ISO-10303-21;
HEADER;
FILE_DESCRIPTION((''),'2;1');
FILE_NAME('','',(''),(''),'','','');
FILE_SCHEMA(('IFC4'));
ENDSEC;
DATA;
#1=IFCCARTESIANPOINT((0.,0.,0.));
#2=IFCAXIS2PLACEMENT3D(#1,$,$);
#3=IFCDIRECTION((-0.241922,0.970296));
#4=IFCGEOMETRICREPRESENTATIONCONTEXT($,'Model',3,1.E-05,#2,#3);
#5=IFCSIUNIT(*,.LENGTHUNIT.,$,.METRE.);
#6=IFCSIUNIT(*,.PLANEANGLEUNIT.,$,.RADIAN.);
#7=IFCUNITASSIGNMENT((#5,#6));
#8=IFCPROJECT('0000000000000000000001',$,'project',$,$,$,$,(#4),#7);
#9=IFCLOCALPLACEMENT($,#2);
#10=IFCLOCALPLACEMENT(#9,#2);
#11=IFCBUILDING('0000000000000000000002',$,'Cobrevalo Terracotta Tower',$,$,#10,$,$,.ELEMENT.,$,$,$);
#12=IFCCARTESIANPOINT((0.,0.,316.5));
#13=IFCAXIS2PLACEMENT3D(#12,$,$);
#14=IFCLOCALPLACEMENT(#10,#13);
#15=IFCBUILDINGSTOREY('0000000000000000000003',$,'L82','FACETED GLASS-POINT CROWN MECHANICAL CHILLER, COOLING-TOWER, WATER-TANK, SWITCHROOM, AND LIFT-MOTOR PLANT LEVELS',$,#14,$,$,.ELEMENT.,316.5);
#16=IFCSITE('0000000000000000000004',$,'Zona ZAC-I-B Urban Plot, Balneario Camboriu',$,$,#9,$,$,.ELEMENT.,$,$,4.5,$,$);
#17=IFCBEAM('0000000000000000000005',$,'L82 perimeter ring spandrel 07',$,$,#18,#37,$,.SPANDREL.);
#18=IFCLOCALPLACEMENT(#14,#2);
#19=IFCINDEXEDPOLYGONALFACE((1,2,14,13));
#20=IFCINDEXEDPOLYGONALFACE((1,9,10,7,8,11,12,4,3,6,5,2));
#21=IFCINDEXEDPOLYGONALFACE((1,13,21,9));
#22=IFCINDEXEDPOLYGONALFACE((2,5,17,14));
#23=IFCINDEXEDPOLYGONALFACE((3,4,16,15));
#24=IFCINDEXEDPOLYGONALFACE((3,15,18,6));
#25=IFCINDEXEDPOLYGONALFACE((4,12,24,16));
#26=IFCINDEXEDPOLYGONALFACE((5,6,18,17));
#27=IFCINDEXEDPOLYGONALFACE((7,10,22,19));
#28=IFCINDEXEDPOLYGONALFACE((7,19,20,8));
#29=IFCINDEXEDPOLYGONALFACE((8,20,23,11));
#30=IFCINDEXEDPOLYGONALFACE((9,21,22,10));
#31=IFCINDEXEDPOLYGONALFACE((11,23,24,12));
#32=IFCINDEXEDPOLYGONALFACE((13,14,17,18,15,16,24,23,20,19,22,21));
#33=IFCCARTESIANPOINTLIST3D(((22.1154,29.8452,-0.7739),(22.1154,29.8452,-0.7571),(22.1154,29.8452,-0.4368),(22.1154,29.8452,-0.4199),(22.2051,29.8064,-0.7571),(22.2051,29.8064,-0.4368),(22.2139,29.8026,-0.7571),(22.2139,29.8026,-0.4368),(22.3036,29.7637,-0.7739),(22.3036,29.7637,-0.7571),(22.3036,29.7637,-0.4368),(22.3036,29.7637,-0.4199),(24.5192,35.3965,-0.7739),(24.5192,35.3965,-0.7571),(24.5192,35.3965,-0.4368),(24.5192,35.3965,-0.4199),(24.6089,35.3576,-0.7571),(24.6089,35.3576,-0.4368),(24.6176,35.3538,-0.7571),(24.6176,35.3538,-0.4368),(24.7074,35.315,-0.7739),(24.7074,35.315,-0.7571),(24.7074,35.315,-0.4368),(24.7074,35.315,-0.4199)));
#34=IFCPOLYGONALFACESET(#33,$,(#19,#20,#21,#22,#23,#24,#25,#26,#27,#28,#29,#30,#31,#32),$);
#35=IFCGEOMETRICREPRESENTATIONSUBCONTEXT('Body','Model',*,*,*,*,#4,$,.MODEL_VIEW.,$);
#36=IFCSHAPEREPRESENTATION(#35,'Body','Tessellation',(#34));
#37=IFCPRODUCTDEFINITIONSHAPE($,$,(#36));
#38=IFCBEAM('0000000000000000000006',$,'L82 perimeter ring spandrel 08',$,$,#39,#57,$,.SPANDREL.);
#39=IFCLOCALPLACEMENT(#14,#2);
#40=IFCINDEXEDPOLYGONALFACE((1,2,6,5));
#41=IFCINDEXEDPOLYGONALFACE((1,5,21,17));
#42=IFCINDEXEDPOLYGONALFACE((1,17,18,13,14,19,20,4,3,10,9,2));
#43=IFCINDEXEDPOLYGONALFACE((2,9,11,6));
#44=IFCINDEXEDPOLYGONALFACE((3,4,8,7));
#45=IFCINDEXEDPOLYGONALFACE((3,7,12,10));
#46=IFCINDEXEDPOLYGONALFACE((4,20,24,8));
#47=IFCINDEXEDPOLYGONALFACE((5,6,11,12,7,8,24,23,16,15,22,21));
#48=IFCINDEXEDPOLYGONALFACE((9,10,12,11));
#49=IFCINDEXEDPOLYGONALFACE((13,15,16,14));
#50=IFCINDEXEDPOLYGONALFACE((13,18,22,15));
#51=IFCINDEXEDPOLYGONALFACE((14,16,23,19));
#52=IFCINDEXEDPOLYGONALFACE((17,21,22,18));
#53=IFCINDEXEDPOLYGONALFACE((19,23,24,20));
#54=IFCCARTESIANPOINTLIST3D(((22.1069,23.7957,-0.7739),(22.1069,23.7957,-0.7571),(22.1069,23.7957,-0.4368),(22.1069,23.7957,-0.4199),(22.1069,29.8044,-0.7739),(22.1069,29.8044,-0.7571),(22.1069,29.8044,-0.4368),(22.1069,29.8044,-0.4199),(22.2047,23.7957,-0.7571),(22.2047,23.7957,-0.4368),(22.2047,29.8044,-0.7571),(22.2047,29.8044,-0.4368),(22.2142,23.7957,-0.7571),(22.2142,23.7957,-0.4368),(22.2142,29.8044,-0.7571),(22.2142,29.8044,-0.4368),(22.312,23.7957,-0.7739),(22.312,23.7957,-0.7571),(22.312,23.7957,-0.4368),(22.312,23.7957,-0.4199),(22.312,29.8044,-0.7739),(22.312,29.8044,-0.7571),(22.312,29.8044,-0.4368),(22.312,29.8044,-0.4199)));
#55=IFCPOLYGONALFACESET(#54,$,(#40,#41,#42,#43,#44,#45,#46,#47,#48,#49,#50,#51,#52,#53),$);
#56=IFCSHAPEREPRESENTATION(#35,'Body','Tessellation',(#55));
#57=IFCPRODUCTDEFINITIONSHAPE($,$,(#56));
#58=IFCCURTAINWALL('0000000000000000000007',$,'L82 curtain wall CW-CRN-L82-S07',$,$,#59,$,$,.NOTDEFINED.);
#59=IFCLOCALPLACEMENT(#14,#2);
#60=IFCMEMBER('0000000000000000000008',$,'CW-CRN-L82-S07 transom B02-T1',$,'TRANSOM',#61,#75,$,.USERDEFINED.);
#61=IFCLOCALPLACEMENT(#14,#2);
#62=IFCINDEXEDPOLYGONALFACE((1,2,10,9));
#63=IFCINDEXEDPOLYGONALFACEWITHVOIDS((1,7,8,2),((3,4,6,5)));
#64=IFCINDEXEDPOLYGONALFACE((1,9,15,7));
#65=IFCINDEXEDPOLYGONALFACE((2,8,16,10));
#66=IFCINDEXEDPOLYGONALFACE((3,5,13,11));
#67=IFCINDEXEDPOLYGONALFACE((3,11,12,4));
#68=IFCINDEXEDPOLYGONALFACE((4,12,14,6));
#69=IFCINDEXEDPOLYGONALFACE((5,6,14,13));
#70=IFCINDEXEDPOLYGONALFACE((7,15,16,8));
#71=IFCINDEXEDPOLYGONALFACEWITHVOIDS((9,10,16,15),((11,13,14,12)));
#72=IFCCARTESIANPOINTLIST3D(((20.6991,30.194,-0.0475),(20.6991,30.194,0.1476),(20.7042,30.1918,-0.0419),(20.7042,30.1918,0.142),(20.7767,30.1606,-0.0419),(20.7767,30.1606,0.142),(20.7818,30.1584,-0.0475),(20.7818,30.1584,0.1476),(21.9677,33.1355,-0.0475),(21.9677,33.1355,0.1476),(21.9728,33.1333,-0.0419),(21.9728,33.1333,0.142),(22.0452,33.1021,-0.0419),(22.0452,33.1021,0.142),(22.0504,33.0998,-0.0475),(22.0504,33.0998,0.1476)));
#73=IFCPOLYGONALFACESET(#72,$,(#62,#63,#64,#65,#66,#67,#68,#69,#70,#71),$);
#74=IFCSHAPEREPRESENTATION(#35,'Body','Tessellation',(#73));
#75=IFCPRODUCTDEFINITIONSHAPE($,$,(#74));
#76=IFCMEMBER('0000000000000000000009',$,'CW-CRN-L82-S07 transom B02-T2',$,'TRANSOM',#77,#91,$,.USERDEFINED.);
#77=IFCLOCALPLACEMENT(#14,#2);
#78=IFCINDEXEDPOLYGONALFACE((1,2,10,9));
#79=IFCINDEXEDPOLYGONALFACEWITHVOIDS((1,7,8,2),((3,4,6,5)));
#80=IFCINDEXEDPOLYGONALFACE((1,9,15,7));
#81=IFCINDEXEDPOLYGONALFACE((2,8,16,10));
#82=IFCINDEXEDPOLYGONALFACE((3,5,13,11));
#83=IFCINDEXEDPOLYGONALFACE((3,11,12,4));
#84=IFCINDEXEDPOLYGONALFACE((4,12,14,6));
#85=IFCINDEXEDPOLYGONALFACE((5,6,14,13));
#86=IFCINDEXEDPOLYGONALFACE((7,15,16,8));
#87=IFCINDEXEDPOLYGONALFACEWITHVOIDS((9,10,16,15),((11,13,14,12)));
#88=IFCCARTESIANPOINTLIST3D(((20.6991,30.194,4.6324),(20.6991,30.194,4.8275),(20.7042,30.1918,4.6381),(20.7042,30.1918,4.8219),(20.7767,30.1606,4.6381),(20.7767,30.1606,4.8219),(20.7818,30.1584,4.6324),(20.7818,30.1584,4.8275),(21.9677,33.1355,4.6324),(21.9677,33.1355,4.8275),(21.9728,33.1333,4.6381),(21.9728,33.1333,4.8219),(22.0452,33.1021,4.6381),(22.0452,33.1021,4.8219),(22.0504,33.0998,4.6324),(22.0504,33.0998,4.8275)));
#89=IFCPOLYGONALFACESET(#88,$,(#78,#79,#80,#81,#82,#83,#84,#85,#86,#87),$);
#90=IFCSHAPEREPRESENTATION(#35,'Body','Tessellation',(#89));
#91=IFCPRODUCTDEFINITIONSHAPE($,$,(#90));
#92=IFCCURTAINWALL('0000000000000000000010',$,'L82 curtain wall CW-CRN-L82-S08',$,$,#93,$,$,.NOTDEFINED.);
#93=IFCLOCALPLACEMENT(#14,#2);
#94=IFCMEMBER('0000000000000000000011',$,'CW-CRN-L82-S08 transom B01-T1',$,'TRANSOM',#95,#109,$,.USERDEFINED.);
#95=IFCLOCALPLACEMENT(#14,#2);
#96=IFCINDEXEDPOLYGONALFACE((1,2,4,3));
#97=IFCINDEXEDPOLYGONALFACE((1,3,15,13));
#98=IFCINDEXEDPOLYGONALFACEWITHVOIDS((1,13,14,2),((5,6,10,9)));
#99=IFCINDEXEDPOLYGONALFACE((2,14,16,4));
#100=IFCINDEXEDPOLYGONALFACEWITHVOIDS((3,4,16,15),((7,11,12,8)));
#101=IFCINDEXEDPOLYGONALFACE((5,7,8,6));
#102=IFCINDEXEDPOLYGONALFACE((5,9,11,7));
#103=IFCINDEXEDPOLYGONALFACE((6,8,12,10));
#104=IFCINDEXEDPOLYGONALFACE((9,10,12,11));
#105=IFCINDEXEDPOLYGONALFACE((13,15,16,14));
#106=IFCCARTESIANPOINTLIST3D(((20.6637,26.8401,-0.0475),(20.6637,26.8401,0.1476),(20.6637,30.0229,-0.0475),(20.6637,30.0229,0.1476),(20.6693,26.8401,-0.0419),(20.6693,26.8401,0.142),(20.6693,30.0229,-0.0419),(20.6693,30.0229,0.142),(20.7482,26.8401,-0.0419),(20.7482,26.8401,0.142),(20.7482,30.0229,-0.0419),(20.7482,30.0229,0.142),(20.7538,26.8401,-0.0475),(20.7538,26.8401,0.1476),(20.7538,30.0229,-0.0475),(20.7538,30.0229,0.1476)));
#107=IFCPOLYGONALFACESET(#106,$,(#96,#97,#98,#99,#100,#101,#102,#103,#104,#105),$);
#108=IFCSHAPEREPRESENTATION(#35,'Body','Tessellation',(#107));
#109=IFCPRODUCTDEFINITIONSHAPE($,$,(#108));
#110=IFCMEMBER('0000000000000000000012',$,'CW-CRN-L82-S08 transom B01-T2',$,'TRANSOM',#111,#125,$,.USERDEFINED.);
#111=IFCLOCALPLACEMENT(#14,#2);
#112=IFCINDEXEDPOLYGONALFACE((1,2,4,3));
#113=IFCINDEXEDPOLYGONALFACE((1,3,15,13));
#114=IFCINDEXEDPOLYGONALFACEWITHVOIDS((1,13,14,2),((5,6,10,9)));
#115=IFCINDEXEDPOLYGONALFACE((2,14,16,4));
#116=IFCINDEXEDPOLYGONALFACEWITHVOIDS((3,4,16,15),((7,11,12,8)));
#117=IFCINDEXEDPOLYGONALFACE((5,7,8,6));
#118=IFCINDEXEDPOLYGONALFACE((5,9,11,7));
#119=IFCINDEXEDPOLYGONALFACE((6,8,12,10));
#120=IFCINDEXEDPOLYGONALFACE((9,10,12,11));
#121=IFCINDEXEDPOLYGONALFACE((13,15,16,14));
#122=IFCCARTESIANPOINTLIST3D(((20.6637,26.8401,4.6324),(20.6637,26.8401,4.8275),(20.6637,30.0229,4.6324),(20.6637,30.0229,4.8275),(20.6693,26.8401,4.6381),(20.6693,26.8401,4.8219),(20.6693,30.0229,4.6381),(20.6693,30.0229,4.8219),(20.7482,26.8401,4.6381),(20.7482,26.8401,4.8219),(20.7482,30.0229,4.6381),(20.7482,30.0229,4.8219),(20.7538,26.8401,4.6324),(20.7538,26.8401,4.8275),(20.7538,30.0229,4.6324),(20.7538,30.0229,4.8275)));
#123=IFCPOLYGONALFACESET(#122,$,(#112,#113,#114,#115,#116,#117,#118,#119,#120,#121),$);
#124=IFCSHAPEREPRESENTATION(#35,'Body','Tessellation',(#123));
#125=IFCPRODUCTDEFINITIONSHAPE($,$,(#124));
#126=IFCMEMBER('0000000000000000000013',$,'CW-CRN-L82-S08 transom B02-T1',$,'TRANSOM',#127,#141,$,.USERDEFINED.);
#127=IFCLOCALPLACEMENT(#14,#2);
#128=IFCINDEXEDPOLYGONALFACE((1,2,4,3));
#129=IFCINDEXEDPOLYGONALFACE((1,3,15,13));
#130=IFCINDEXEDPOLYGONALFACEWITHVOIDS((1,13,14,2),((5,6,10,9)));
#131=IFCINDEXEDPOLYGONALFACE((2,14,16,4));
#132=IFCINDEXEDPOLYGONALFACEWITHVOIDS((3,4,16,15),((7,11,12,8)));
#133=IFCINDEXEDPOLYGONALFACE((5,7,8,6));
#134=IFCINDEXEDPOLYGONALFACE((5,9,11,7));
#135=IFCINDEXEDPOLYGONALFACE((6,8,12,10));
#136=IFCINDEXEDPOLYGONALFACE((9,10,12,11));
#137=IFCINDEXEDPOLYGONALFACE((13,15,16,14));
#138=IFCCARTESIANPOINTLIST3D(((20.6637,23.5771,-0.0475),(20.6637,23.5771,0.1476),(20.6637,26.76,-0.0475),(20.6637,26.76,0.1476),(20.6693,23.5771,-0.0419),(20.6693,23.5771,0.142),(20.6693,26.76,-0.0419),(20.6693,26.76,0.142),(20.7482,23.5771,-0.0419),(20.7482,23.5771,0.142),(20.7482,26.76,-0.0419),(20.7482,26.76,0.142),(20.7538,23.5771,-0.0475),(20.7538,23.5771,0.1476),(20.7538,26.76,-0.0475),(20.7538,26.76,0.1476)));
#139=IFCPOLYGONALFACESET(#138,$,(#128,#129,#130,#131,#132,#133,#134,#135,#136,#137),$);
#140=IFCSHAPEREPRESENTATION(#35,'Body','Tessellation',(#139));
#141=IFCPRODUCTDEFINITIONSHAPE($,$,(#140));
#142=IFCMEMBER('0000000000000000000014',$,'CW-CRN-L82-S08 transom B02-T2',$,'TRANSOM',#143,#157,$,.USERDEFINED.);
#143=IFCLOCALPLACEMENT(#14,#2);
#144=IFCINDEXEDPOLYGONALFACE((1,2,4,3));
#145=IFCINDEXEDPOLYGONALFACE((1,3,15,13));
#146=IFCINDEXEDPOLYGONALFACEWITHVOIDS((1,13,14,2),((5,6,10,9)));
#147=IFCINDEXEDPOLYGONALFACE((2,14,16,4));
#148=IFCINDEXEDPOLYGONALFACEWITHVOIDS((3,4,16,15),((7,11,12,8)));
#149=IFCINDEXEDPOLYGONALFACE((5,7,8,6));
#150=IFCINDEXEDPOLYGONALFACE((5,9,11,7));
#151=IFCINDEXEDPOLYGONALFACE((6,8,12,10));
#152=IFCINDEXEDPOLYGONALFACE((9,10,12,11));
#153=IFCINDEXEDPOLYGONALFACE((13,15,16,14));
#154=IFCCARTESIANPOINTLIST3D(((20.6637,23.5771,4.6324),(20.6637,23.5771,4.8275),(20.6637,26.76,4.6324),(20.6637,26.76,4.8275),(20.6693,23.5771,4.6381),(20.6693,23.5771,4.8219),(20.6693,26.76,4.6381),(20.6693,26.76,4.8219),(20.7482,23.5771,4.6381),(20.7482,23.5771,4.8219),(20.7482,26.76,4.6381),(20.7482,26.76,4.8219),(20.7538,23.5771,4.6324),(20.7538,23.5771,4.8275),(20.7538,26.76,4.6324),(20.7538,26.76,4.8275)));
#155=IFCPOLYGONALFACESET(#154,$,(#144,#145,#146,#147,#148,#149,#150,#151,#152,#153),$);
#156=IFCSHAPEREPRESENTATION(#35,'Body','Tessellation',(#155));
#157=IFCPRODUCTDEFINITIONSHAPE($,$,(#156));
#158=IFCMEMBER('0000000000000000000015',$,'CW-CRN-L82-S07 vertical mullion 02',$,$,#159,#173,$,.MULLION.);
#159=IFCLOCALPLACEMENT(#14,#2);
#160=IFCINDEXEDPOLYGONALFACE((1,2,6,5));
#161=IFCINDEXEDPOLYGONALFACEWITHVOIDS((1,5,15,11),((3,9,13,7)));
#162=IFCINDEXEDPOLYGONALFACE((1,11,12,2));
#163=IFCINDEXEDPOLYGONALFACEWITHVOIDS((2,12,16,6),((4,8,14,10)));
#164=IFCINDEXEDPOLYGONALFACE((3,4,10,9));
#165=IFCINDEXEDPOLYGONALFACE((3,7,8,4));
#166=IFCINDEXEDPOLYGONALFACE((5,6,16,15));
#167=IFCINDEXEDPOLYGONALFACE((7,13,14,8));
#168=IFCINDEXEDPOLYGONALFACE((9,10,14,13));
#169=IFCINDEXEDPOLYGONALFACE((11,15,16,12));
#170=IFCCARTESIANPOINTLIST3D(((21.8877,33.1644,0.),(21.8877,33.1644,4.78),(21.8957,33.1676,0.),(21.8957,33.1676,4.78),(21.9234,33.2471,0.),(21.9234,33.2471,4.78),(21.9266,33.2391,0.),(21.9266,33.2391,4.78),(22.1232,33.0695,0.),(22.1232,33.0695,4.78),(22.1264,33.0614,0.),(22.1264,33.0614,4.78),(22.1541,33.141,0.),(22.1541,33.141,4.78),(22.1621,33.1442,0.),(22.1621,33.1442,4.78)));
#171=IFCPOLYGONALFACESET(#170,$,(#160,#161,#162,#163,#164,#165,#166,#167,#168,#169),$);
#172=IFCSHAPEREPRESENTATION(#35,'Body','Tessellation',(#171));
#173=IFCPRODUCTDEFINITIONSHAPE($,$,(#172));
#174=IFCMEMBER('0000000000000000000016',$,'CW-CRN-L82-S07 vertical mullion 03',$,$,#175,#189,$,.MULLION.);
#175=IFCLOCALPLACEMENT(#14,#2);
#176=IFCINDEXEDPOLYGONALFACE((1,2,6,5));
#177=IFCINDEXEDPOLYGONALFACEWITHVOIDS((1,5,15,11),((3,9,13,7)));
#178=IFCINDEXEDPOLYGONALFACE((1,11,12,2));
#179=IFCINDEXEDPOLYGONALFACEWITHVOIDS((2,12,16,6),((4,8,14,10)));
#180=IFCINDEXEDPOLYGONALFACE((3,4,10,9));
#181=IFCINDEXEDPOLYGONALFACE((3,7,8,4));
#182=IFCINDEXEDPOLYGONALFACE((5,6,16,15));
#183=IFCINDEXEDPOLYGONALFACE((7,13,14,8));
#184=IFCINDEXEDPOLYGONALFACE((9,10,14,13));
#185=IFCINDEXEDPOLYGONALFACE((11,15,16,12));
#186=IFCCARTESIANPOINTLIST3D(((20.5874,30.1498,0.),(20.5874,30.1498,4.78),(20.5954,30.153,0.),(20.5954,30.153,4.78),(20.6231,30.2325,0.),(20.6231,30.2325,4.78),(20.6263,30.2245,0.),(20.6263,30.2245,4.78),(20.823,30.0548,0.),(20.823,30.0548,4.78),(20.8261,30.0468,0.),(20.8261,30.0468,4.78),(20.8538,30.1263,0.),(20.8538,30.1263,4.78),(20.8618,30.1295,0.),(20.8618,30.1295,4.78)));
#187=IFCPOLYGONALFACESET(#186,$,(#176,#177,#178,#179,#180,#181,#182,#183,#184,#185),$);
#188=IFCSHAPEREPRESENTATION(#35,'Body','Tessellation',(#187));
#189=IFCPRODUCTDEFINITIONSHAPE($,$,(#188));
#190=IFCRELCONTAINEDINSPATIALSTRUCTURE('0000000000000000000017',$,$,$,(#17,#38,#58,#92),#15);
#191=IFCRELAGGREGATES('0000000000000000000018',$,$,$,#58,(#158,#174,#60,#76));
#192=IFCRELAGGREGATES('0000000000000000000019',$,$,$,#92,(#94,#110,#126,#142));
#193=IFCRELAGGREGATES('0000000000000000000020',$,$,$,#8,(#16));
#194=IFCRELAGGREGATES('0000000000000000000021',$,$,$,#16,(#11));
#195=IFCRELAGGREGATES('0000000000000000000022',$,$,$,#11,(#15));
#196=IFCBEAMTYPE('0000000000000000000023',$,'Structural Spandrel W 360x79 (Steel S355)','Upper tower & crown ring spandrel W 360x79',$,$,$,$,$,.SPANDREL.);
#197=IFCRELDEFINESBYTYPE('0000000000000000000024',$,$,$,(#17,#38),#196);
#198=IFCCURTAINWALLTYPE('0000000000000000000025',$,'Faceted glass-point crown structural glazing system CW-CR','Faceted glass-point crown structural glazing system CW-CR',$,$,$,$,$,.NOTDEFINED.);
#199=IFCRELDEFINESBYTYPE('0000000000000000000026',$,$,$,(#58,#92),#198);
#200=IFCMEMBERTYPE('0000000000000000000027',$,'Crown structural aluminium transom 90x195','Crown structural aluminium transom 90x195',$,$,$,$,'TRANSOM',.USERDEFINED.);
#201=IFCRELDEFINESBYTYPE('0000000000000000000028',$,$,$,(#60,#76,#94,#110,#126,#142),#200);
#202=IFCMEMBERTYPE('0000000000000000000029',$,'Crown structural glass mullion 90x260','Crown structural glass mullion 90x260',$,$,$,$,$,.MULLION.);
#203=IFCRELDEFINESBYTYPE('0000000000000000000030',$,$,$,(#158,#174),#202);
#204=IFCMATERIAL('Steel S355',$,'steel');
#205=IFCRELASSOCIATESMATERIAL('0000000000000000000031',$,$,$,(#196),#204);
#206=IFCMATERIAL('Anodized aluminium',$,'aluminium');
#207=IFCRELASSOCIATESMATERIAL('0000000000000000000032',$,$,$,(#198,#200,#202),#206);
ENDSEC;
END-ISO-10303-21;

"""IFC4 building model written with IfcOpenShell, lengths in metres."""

from ifc_helpers import new_model, si_unit, direction, frame, origin, origin_2d, place, context, subcontext, project, spatial, hollow_rectangle, i_section, extrude, source, transform, mapped, material, material_profile, profile_set, type_object, element, aggregate, save


model = new_model("IFC4")

# Units and contexts
model_context = context("Model", 3, precision=1e-05, world=origin(), true_north=direction((-0.241922, 0.970296)))
body_context = subcontext(model_context, "Body", "Model", "MODEL_VIEW")
ifc_project = project(units=[si_unit("LENGTHUNIT", "METRE"), si_unit("PLANEANGLEUNIT", "RADIAN")], contexts=[model_context])

# Site, building, storey
site_placement = place(None, origin())
site = spatial("IfcSite", under=ifc_project, at=site_placement, Name="Zona ZAC-I-B Urban Plot, Balneario Camboriu", CompositionType="ELEMENT", RefElevation=4.5)
building_placement = place(site_placement, origin())
building = spatial("IfcBuilding", under=site, at=building_placement, Name="Cobrevalo Terracotta Tower", CompositionType="ELEMENT")
storey_placement = place(building_placement, frame((0.0, 0.0, 316.5)))
storey = spatial("IfcBuildingStorey", under=building, at=storey_placement, Name="L82", Description="FACETED GLASS-POINT CROWN MECHANICAL CHILLER, COOLING-TOWER, WATER-TANK, SWITCHROOM, AND LIFT-MOTOR PLANT LEVELS", CompositionType="ELEMENT", Elevation=316.5)

# Shared definitions
ifc_material_1 = material(Name="Steel S355", Category="steel")

# Beams
ifc_material_profile_1 = material_profile(ifc_material_1, i_section(OverallWidth=0.2051, OverallDepth=0.354, WebThickness=0.0095, FlangeThickness=0.0168, at=origin_2d()), Name="W 360x79")
ifc_profile_set_1 = profile_set([ifc_material_profile_1], Name="Steel S355")
beam_type_1 = type_object("IfcBeamType", Name="Structural Spandrel W 360x79 (Steel S355)", Description="Upper tower & crown ring spandrel W 360x79", PredefinedType="SPANDREL", material=ifc_profile_set_1)
beam_1_placement = place(storey_placement, frame((24.6133, 35.3557, -0.5969), z_axis=(-0.397365, -0.917661, 0.0), x_axis=(0.917661, -0.397365, 0.0)))
element("IfcBeam", 1, at=beam_1_placement, inside=storey, type_object=beam_type_1, Name="L82 perimeter ring spandrel 07", PredefinedType="SPANDREL", context=body_context, shape_type="SweptSolid", body=[
    extrude(i_section(OverallWidth=0.2051, OverallDepth=0.354, WebThickness=0.0095, FlangeThickness=0.0168, at=origin_2d()), origin(), (0.0, 0.0, 1.0), 6.0493),
])
beam_2_placement = place(storey_placement, frame((22.2095, 29.8044, -0.5969), z_axis=(0.0, -1.0, 0.0), x_axis=(1.0, 0.0, 0.0)))
element("IfcBeam", 2, at=beam_2_placement, inside=storey, type_object=beam_type_1, Name="L82 perimeter ring spandrel 08", PredefinedType="SPANDREL", context=body_context, shape_type="SweptSolid", body=[
    extrude(i_section(OverallWidth=0.2051, OverallDepth=0.354, WebThickness=0.0095, FlangeThickness=0.0168, at=origin_2d()), origin(), (0.0, 0.0, 1.0), 6.0088),
])

# Curtain walls, members
ifc_material_2 = material(Name="Anodized aluminium", Category="aluminium")
curtain_wall_type = type_object("IfcCurtainWallType", Name="Faceted glass-point crown structural glazing system CW-CR", Description="Faceted glass-point crown structural glazing system CW-CR", PredefinedType="NOTDEFINED", material=ifc_material_2)
curtain_wall_1_placement = place(storey_placement, origin())
curtain_wall_1 = element("IfcCurtainWall", 3, at=curtain_wall_1_placement, inside=storey, type_object=curtain_wall_type, Name="L82 curtain wall CW-CRN-L82-S07", PredefinedType="NOTDEFINED")
ifc_material_profile_2 = material_profile(ifc_material_2, hollow_rectangle(XDim=0.0901, YDim=0.1951, WallThickness=0.0056, at=origin_2d()), Name="CWT 90x195")
ifc_profile_set_2 = profile_set([ifc_material_profile_2], Name="Anodized aluminium")
member_type_1 = type_object("IfcMemberType", Name="Crown structural aluminium transom 90x195", Description="Crown structural aluminium transom 90x195", ElementType="TRANSOM", PredefinedType="USERDEFINED", material=ifc_profile_set_2)
shared_shape_1 = source(origin(), body_context, "Body", "SweptSolid", [
    extrude(hollow_rectangle(XDim=0.0901, YDim=0.1951, WallThickness=0.0056, at=origin_2d()), origin(), (0.0, 0.0, 1.0), 3.2034),
])
member_1_placement = place(storey_placement, frame((22.009, 33.1177, 0.05), z_axis=(-0.396016, -0.918244, 0.0), x_axis=(0.918244, -0.396016, 0.0)))
member_1 = element("IfcMember", 4, at=member_1_placement, type_object=member_type_1, Name="CW-CRN-L82-S07 transom B02-T1", ObjectType="TRANSOM", PredefinedType="USERDEFINED", context=body_context, shape_type="MappedRepresentation", body=[
    mapped(shared_shape_1, transform((0.0, 0.0, 0.0), scale=1.0)),
])
member_2_placement = place(storey_placement, frame((22.009, 33.1177, 4.73), z_axis=(-0.396016, -0.918244, 0.0), x_axis=(0.918244, -0.396016, 0.0)))
member_2 = element("IfcMember", 5, at=member_2_placement, type_object=member_type_1, Name="CW-CRN-L82-S07 transom B02-T2", ObjectType="TRANSOM", PredefinedType="USERDEFINED", context=body_context, shape_type="MappedRepresentation", body=[
    mapped(shared_shape_1, transform((0.0, 0.0, 0.0), scale=1.0)),
])
curtain_wall_2_placement = place(storey_placement, origin())
curtain_wall_2 = element("IfcCurtainWall", 6, at=curtain_wall_2_placement, inside=storey, type_object=curtain_wall_type, Name="L82 curtain wall CW-CRN-L82-S08", PredefinedType="NOTDEFINED")
shared_shape_2 = source(origin(), body_context, "Body", "SweptSolid", [
    extrude(hollow_rectangle(XDim=0.0901, YDim=0.1951, WallThickness=0.0056, at=origin_2d()), origin(), (0.0, 0.0, 1.0), 3.1829),
])
member_3_placement = place(storey_placement, frame((20.7087, 30.0229, 0.05), z_axis=(0.0, -1.0, 0.0), x_axis=(1.0, 0.0, 0.0)))
member_3 = element("IfcMember", 7, at=member_3_placement, type_object=member_type_1, Name="CW-CRN-L82-S08 transom B01-T1", ObjectType="TRANSOM", PredefinedType="USERDEFINED", context=body_context, shape_type="MappedRepresentation", body=[
    mapped(shared_shape_2, transform((0.0, 0.0, 0.0), scale=1.0)),
])
member_4_placement = place(storey_placement, frame((20.7087, 30.0229, 4.73), z_axis=(0.0, -1.0, 0.0), x_axis=(1.0, 0.0, 0.0)))
member_4 = element("IfcMember", 8, at=member_4_placement, type_object=member_type_1, Name="CW-CRN-L82-S08 transom B01-T2", ObjectType="TRANSOM", PredefinedType="USERDEFINED", context=body_context, shape_type="MappedRepresentation", body=[
    mapped(shared_shape_2, transform((0.0, 0.0, 0.0), scale=1.0)),
])
member_5_placement = place(storey_placement, frame((20.7087, 26.76, 0.05), z_axis=(0.0, -1.0, 0.0), x_axis=(1.0, 0.0, 0.0)))
member_5 = element("IfcMember", 9, at=member_5_placement, type_object=member_type_1, Name="CW-CRN-L82-S08 transom B02-T1", ObjectType="TRANSOM", PredefinedType="USERDEFINED", context=body_context, shape_type="MappedRepresentation", body=[
    mapped(shared_shape_2, transform((0.0, 0.0, 0.0), scale=1.0)),
])
member_6_placement = place(storey_placement, frame((20.7087, 26.76, 4.73), z_axis=(0.0, -1.0, 0.0), x_axis=(1.0, 0.0, 0.0)))
member_6 = element("IfcMember", 10, at=member_6_placement, type_object=member_type_1, Name="CW-CRN-L82-S08 transom B02-T2", ObjectType="TRANSOM", PredefinedType="USERDEFINED", context=body_context, shape_type="MappedRepresentation", body=[
    mapped(shared_shape_2, transform((0.0, 0.0, 0.0), scale=1.0)),
])

# Members
ifc_material_profile_3 = material_profile(ifc_material_2, hollow_rectangle(XDim=0.0901, YDim=0.26, WallThickness=0.0061, at=origin_2d()), Name="CWM 90x260")
ifc_profile_set_3 = profile_set([ifc_material_profile_3], Name="Anodized aluminium")
member_type_2 = type_object("IfcMemberType", Name="Crown structural glass mullion 90x260", Description="Crown structural glass mullion 90x260", PredefinedType="MULLION", material=ifc_profile_set_3)
shared_shape_3 = source(origin(), body_context, "Body", "SweptSolid", [
    extrude(hollow_rectangle(XDim=0.0901, YDim=0.26, WallThickness=0.0061, at=origin_2d()), origin(), (0.0, 0.0, 1.0), 4.78),
])
member_7_placement = place(storey_placement, frame((22.0249, 33.1543, 0.0), z_axis=(0.0, 0.0, 1.0), x_axis=(-0.396058, -0.918225, 0.0)))
member_7 = element("IfcMember", 11, at=member_7_placement, type_object=member_type_2, Name="CW-CRN-L82-S07 vertical mullion 02", PredefinedType="MULLION", context=body_context, shape_type="MappedRepresentation", body=[
    mapped(shared_shape_3, transform((0.0, 0.0, 0.0), scale=1.0)),
])
member_8_placement = place(storey_placement, frame((20.7246, 30.1396, 0.0), z_axis=(0.0, 0.0, 1.0), x_axis=(-0.396058, -0.918225, 0.0)))
member_8 = element("IfcMember", 12, at=member_8_placement, type_object=member_type_2, Name="CW-CRN-L82-S07 vertical mullion 03", PredefinedType="MULLION", context=body_context, shape_type="MappedRepresentation", body=[
    mapped(shared_shape_3, transform((0.0, 0.0, 0.0), scale=1.0)),
])

aggregate(curtain_wall_1, [member_7, member_8, member_1, member_2])
aggregate(curtain_wall_2, [member_3, member_4, member_5, member_6])

save(model, "model.ifc")
